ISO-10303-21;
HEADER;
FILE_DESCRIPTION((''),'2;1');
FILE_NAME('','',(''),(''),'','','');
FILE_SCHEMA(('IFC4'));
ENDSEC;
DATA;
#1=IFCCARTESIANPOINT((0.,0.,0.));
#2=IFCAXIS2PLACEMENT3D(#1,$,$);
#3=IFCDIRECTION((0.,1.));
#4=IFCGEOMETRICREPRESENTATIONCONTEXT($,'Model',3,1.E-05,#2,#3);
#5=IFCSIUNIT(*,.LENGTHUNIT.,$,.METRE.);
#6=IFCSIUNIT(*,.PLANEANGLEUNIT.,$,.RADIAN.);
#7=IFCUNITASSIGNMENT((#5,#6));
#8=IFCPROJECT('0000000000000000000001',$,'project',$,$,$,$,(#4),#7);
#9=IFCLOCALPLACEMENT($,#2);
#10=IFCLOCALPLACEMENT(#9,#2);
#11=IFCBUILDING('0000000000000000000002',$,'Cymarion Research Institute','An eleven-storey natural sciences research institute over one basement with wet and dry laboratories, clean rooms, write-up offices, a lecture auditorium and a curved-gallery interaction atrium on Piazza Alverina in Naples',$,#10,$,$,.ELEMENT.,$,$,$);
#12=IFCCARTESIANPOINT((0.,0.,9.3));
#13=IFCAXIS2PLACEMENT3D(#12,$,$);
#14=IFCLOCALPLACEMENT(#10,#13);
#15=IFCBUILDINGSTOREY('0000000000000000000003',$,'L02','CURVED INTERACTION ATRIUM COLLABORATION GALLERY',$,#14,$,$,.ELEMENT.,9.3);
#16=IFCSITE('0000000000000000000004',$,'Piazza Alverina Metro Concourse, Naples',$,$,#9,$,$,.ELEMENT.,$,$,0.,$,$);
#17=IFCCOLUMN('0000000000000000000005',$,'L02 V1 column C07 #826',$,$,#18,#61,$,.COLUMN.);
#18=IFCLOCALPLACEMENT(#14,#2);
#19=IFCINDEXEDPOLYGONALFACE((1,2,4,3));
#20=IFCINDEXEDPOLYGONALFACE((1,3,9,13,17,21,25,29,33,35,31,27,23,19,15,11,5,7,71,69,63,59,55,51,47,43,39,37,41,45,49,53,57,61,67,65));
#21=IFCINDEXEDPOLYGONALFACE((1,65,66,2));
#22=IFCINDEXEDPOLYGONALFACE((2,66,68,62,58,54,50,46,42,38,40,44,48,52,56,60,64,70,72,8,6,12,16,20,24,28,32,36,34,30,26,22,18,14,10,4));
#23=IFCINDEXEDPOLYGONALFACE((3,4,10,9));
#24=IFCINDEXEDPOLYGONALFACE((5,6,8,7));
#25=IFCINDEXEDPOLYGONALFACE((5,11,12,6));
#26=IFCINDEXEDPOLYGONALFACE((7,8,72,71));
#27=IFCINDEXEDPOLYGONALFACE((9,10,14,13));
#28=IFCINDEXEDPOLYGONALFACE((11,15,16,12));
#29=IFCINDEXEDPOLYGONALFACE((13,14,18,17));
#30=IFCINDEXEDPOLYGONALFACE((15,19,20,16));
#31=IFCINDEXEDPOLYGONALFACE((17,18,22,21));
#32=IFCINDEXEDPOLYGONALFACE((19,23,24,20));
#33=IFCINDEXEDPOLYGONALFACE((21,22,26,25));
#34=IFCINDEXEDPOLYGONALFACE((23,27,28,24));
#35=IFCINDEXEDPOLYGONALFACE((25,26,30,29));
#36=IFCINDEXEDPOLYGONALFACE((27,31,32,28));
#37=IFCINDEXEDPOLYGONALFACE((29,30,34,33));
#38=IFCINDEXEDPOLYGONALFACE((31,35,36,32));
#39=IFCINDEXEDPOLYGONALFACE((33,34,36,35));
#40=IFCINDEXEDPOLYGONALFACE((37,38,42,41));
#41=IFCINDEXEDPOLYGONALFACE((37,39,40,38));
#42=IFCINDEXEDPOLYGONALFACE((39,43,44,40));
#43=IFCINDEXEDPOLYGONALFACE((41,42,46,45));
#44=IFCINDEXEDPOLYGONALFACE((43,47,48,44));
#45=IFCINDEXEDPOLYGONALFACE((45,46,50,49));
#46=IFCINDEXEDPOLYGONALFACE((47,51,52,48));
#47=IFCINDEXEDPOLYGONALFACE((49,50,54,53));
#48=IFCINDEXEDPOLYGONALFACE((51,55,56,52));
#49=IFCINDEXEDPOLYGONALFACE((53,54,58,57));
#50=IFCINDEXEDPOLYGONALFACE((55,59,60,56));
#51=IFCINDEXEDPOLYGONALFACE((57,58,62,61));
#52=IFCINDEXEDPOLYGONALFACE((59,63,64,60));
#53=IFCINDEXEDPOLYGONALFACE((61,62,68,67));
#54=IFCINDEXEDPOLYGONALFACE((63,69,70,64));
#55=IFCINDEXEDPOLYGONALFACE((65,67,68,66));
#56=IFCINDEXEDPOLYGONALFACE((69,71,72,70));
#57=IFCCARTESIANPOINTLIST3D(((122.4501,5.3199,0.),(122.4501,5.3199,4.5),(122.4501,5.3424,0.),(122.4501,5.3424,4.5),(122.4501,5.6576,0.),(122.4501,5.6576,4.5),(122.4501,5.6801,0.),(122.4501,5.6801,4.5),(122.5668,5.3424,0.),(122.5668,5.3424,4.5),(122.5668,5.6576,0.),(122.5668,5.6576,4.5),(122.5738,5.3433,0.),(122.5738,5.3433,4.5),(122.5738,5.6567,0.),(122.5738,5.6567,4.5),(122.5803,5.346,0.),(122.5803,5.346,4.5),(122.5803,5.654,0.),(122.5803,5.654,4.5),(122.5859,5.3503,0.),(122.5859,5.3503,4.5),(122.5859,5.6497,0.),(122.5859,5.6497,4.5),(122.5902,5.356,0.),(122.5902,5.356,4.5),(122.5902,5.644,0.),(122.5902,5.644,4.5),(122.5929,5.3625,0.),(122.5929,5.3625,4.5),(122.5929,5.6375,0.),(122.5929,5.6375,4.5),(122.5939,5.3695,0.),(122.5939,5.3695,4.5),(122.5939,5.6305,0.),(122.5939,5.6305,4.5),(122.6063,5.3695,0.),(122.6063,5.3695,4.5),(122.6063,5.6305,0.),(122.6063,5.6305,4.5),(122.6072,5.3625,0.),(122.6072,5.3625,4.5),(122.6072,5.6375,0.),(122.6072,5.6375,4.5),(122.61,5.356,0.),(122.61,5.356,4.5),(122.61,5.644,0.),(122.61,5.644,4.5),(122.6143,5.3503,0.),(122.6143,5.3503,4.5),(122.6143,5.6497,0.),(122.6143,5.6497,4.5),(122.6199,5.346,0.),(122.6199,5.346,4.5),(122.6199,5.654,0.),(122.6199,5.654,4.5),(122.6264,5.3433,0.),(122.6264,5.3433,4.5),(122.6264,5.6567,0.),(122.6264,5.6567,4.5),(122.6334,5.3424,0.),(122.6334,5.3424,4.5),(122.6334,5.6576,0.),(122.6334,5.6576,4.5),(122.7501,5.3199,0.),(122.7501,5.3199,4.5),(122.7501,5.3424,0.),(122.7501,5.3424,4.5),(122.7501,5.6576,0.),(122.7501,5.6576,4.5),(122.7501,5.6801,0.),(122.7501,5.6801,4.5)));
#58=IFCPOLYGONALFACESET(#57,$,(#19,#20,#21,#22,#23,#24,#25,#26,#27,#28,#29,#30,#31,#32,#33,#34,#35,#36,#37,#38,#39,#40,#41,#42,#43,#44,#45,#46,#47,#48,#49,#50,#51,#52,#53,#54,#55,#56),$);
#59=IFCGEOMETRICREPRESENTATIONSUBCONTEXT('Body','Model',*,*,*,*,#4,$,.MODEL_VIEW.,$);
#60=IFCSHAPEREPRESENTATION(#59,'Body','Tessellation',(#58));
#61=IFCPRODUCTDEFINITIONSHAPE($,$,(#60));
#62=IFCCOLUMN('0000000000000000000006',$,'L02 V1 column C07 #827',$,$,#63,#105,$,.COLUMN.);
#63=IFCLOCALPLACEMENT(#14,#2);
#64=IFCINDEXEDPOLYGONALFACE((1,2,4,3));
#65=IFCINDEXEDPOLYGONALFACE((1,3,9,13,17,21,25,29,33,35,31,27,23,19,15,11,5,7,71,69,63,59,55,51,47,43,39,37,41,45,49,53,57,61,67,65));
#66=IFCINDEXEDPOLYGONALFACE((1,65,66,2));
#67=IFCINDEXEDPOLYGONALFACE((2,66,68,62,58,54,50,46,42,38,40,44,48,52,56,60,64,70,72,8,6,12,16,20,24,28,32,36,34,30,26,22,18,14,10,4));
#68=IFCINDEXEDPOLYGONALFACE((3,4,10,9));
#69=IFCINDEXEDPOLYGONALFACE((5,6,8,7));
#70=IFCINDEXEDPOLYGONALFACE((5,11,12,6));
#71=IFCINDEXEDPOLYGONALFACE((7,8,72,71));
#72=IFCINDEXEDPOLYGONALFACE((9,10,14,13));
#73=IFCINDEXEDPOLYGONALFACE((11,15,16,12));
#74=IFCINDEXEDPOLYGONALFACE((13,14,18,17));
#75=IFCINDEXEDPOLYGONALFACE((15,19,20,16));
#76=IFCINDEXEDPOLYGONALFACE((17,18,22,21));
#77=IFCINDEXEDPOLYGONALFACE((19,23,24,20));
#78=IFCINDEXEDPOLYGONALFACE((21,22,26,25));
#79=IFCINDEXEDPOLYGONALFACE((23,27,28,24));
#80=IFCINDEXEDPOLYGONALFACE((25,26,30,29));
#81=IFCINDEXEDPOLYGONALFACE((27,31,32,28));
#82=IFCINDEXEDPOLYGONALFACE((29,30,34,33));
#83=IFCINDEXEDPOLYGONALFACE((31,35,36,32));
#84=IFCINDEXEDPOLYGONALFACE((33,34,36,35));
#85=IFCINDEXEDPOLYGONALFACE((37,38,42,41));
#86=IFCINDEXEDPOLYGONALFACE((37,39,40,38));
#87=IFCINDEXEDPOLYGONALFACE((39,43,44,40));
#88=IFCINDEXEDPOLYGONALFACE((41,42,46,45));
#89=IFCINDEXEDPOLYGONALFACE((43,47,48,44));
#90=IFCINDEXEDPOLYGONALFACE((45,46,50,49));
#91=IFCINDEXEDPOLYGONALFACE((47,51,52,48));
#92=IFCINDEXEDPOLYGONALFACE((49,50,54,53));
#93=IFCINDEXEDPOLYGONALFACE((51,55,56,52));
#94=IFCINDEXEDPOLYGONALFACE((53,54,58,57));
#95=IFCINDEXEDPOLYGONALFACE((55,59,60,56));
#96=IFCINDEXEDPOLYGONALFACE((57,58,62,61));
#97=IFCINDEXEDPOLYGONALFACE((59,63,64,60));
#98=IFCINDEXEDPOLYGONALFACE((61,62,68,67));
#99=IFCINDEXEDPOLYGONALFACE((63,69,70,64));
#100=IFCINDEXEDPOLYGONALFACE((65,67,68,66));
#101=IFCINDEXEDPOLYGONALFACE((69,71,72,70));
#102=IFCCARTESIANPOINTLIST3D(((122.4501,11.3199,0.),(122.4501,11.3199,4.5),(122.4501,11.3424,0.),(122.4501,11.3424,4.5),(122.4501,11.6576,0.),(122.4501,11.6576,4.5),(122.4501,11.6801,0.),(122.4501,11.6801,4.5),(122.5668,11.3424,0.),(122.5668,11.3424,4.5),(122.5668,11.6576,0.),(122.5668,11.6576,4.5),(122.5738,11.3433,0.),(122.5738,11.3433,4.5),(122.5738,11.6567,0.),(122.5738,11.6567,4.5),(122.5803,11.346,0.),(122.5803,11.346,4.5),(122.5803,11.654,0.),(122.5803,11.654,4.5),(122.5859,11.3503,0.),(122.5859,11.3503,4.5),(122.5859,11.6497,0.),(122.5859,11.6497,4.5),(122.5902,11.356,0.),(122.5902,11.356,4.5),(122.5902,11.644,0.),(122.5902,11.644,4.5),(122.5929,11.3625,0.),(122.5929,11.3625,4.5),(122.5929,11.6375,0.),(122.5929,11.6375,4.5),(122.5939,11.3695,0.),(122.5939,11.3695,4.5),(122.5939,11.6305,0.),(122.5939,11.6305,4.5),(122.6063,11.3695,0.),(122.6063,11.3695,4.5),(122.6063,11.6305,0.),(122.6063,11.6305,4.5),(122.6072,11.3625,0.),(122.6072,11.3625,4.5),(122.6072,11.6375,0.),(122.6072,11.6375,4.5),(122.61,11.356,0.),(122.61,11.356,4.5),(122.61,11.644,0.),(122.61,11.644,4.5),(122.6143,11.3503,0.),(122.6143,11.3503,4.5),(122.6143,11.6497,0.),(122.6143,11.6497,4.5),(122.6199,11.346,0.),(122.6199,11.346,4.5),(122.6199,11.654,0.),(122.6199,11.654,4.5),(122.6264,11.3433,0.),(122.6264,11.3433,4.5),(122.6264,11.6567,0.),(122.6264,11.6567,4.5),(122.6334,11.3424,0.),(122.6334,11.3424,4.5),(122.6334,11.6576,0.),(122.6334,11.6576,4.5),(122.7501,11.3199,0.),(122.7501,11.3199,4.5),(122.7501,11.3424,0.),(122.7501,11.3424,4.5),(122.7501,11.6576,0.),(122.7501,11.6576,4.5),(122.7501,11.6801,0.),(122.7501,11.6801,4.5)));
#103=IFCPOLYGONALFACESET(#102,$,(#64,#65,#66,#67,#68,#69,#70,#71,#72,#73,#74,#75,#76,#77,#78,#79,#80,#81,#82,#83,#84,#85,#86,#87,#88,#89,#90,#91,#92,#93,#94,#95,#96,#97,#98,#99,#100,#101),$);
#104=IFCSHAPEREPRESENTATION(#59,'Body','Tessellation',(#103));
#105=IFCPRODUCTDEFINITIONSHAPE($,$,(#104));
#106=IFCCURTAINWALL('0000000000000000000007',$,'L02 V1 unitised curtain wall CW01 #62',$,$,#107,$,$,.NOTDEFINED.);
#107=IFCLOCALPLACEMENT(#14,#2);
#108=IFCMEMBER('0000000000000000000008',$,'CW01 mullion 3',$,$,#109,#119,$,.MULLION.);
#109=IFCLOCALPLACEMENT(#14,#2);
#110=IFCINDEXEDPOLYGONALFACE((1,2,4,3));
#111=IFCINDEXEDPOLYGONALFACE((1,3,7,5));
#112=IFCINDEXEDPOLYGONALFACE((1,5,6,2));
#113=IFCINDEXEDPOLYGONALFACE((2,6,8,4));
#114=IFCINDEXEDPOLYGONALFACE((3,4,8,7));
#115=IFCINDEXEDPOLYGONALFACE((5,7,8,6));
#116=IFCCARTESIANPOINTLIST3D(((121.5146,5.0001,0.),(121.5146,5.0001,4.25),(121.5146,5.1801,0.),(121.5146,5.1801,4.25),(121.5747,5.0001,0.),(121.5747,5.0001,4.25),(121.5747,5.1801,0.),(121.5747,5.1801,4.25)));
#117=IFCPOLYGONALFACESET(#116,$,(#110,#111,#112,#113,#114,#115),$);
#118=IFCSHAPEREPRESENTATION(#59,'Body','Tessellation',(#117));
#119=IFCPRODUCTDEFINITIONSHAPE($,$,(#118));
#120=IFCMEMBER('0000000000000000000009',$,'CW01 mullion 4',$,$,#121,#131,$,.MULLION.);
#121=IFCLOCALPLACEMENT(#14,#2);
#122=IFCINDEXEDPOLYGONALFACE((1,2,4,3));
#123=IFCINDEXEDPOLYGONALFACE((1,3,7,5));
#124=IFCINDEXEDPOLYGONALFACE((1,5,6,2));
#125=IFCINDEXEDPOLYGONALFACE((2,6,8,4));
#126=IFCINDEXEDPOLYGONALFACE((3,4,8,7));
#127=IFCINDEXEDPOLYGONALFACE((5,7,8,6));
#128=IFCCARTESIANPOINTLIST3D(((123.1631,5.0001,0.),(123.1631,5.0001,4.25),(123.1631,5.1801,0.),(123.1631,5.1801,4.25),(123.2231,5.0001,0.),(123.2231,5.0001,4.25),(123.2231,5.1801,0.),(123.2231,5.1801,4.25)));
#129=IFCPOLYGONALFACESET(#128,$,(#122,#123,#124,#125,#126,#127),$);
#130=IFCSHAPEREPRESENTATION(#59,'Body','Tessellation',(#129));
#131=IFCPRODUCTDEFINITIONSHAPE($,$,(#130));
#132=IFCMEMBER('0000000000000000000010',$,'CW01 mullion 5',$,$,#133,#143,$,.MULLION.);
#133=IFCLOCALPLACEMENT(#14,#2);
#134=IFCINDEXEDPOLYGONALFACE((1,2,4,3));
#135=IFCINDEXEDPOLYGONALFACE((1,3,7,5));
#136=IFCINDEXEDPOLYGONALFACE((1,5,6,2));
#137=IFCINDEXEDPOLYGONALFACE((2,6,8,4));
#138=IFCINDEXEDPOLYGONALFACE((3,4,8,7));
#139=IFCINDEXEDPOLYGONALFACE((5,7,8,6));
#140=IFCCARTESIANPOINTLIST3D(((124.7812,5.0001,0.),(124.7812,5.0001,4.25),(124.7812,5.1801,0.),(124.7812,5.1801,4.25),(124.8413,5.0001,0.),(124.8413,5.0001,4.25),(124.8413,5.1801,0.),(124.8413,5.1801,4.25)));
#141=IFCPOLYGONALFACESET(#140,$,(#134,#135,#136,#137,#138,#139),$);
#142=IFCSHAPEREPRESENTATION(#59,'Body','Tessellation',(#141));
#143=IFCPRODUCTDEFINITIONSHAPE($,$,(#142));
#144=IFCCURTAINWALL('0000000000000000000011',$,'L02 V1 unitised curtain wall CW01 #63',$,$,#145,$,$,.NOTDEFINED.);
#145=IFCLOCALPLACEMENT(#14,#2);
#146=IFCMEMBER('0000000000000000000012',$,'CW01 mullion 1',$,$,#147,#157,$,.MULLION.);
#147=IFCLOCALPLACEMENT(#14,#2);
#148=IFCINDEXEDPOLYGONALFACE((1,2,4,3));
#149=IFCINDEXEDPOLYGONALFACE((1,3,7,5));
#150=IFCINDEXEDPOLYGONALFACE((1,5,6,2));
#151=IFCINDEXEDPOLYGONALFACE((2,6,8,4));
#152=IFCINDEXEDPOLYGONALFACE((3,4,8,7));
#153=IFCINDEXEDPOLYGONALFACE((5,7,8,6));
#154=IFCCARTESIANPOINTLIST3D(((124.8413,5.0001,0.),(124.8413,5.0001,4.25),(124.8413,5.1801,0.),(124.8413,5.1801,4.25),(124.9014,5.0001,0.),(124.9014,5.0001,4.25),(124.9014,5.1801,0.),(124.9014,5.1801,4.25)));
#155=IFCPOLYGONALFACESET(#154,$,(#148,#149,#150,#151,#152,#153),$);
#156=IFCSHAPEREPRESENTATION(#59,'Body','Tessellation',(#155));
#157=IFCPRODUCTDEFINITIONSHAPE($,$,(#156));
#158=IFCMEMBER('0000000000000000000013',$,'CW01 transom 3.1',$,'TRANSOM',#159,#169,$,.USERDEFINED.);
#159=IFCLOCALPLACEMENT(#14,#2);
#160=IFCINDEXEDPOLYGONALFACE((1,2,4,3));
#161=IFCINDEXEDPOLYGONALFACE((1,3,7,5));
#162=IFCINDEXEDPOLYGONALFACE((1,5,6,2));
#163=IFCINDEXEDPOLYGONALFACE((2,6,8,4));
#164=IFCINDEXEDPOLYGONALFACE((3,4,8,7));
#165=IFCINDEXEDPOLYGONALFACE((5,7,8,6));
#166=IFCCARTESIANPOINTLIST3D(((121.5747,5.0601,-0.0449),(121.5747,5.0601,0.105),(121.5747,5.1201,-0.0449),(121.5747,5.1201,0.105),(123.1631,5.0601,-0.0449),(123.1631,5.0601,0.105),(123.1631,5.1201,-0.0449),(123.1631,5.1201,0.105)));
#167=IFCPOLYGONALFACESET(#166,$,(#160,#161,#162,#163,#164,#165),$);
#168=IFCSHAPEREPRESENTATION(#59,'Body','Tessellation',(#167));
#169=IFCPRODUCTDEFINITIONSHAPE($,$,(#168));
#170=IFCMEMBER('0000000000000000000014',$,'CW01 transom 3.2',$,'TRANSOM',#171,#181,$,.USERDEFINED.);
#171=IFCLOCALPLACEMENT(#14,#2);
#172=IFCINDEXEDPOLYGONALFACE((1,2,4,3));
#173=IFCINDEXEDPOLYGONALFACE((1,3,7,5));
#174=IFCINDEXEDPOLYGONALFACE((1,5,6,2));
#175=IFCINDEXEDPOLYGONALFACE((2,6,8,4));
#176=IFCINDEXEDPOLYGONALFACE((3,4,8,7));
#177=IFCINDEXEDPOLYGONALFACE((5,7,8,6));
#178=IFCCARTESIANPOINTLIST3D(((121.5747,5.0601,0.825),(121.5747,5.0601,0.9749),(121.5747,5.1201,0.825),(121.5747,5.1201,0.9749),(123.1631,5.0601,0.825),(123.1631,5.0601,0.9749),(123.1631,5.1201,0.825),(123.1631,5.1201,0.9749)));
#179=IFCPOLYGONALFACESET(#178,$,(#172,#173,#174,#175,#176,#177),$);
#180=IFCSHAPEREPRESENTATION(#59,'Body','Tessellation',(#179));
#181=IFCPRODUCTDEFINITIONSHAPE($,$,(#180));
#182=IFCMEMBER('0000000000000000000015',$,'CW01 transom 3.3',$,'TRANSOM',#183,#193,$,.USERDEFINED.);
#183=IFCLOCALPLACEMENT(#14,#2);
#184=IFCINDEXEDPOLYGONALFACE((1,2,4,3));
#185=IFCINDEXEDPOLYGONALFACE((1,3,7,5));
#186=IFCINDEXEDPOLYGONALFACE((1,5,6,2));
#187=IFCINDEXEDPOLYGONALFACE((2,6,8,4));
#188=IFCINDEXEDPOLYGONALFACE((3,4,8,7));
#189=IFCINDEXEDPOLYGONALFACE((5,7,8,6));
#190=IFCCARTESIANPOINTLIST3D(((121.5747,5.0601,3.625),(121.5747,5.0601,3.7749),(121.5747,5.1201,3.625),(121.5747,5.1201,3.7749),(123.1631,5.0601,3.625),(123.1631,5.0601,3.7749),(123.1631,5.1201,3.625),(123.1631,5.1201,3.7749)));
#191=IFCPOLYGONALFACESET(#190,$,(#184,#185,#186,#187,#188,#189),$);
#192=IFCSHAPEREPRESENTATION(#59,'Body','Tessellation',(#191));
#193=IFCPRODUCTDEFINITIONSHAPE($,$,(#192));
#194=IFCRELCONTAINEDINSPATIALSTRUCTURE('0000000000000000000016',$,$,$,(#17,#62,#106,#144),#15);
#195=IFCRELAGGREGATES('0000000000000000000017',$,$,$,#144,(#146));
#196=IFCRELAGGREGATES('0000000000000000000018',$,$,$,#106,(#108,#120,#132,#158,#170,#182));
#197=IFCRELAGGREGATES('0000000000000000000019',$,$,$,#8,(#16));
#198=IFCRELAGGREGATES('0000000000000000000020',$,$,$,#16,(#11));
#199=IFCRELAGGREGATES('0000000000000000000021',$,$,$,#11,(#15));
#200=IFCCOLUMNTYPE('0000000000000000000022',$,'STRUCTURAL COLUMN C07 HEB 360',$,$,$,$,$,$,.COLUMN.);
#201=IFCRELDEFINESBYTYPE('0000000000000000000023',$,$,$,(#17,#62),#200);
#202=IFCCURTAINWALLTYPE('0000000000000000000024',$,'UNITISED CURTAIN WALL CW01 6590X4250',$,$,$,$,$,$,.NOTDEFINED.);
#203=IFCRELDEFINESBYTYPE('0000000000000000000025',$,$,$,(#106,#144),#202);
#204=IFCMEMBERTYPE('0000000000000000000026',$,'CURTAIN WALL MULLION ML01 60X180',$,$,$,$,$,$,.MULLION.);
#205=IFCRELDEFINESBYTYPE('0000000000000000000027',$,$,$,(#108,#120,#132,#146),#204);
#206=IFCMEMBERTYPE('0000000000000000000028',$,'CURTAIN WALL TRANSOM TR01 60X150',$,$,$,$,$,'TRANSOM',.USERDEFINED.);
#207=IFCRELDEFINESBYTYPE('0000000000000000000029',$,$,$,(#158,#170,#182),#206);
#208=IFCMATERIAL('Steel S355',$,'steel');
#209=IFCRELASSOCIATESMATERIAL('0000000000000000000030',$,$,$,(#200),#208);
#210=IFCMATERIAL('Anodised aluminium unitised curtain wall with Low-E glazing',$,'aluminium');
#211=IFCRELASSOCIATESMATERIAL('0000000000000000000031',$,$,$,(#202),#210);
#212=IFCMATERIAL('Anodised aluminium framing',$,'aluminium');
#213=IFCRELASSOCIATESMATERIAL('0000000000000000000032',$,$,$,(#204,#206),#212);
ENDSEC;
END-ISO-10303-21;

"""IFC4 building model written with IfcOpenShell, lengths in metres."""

from ifc_helpers import new_model, si_unit, direction, frame, origin, origin_2d, place, context, subcontext, project, spatial, rectangle, i_section, extrude, material, material_profile, profile_set, type_object, element, aggregate, save


model = new_model("IFC4")

# Units and contexts
model_context = context("Model", 3, precision=1e-05, world=origin(), true_north=direction((0.0, 1.0)))
body_context = subcontext(model_context, "Body", "Model", "MODEL_VIEW")
ifc_project = project(units=[si_unit("LENGTHUNIT", "METRE"), si_unit("PLANEANGLEUNIT", "RADIAN")], contexts=[model_context])

# Site, building, storey
site_placement = place(None, origin())
site = spatial("IfcSite", under=ifc_project, at=site_placement, Name="Piazza Alverina Metro Concourse, Naples", CompositionType="ELEMENT", RefElevation=0.0)
building_placement = place(site_placement, origin())
building = spatial("IfcBuilding", under=site, at=building_placement, Name="Cymarion Research Institute", Description="An eleven-storey natural sciences research institute over one basement with wet and dry laboratories, clean rooms, write-up offices, a lecture auditorium and a curved-gallery interaction atrium on Piazza Alverina in Naples", CompositionType="ELEMENT")
storey_placement = place(building_placement, frame((0.0, 0.0, 9.3)))
storey = spatial("IfcBuildingStorey", under=building, at=storey_placement, Name="L02", Description="CURVED INTERACTION ATRIUM COLLABORATION GALLERY", CompositionType="ELEMENT", Elevation=9.3)

# Columns
ifc_material_1 = material(Name="Steel S355", Category="steel")
ifc_material_profile_1 = material_profile(ifc_material_1, i_section(OverallWidth=0.3, OverallDepth=0.3601, WebThickness=0.0125, FlangeThickness=0.0225, FilletRadius=0.0271, at=origin_2d()), Name="HEB 360")
ifc_profile_set_1 = profile_set([ifc_material_profile_1], Name="Steel S355")
column_type = type_object("IfcColumnType", Name="STRUCTURAL COLUMN C07 HEB 360", PredefinedType="COLUMN", material=ifc_profile_set_1)
for number, where, z_axis, x_axis, name in (
    (1, (122.6001, 5.5, 0.0), (0.0, 0.0, 1.0), (1.0, 0.0, 0.0), "L02 V1 column C07 #826"),
    (2, (122.6001, 11.5, 0.0), (0.0, 0.0, 1.0), (1.0, 0.0, 0.0), "L02 V1 column C07 #827"),
):
    element("IfcColumn", number, at=place(storey_placement, frame(where, z_axis=z_axis, x_axis=x_axis)), inside=storey, type_object=column_type, Name=name, PredefinedType="COLUMN", context=body_context, shape_type="SweptSolid", body=[
        extrude(i_section(OverallWidth=0.3, OverallDepth=0.3601, WebThickness=0.0125, FlangeThickness=0.0225, FilletRadius=0.0271, at=origin_2d()), origin(), (0.0, 0.0, 1.0), 4.5),
    ])

# Curtain wall, members
ifc_material_2 = material(Name="Anodised aluminium unitised curtain wall with Low-E glazing", Category="aluminium")
curtain_wall_type = type_object("IfcCurtainWallType", Name="UNITISED CURTAIN WALL CW01 6590X4250", PredefinedType="NOTDEFINED", material=ifc_material_2)
curtain_wall_1_placement = place(storey_placement, origin())
curtain_wall_1 = element("IfcCurtainWall", 3, at=curtain_wall_1_placement, inside=storey, type_object=curtain_wall_type, Name="L02 V1 unitised curtain wall CW01 #62", PredefinedType="NOTDEFINED")
ifc_material_3 = material(Name="Anodised aluminium framing", Category="aluminium")
ifc_material_profile_2 = material_profile(ifc_material_3, rectangle(XDim=0.0601, YDim=0.1799, at=origin_2d()), Name="ALU MULLION 60x180")
ifc_profile_set_2 = profile_set([ifc_material_profile_2], Name="Anodised aluminium framing")
member_type_1 = type_object("IfcMemberType", Name="CURTAIN WALL MULLION ML01 60X180", PredefinedType="MULLION", material=ifc_profile_set_2)
member_1_placement = place(storey_placement, frame((121.5447, 5.0901, 0.0), z_axis=(0.0, 0.0, 1.0), x_axis=(1.0, 0.0, 0.0)))
member_1 = element("IfcMember", 4, at=member_1_placement, type_object=member_type_1, Name="CW01 mullion 3", PredefinedType="MULLION", context=body_context, shape_type="SweptSolid", body=[
    extrude(rectangle(XDim=0.0601, YDim=0.1799, at=origin_2d()), origin(), (0.0, 0.0, 1.0), 4.25),
])
member_2_placement = place(storey_placement, frame((123.1931, 5.0901, 0.0), z_axis=(0.0, 0.0, 1.0), x_axis=(1.0, 0.0, 0.0)))
member_2 = element("IfcMember", 5, at=member_2_placement, type_object=member_type_1, Name="CW01 mullion 4", PredefinedType="MULLION", context=body_context, shape_type="SweptSolid", body=[
    extrude(rectangle(XDim=0.0601, YDim=0.1799, at=origin_2d()), origin(), (0.0, 0.0, 1.0), 4.25),
])
member_3_placement = place(storey_placement, frame((124.8113, 5.0901, 0.0), z_axis=(0.0, 0.0, 1.0), x_axis=(1.0, 0.0, 0.0)))
member_3 = element("IfcMember", 6, at=member_3_placement, type_object=member_type_1, Name="CW01 mullion 5", PredefinedType="MULLION", context=body_context, shape_type="SweptSolid", body=[
    extrude(rectangle(XDim=0.0601, YDim=0.1799, at=origin_2d()), origin(), (0.0, 0.0, 1.0), 4.25),
])

# Curtain wall, member
curtain_wall_2_placement = place(storey_placement, origin())
curtain_wall_2 = element("IfcCurtainWall", 7, at=curtain_wall_2_placement, inside=storey, type_object=curtain_wall_type, Name="L02 V1 unitised curtain wall CW01 #63", PredefinedType="NOTDEFINED")
member_4_placement = place(storey_placement, frame((124.8713, 5.0901, 0.0), z_axis=(0.0, 0.0, 1.0), x_axis=(1.0, 0.0, 0.0)))
member_4 = element("IfcMember", 8, at=member_4_placement, type_object=member_type_1, Name="CW01 mullion 1", PredefinedType="MULLION", context=body_context, shape_type="SweptSolid", body=[
    extrude(rectangle(XDim=0.0601, YDim=0.1799, at=origin_2d()), origin(), (0.0, 0.0, 1.0), 4.25),
])

# Members
ifc_material_profile_3 = material_profile(ifc_material_3, rectangle(XDim=0.0601, YDim=0.1499, at=origin_2d()), Name="ALU TRANSOM 60x150")
ifc_profile_set_3 = profile_set([ifc_material_profile_3], Name="Anodised aluminium framing")
member_type_2 = type_object("IfcMemberType", Name="CURTAIN WALL TRANSOM TR01 60X150", ElementType="TRANSOM", PredefinedType="USERDEFINED", material=ifc_profile_set_3)
member_5_placement = place(storey_placement, frame((121.5747, 5.0901, 0.03), z_axis=(1.0, 0.0, 0.0), x_axis=(0.0, 1.0, 0.0)))
member_5 = element("IfcMember", 9, at=member_5_placement, type_object=member_type_2, Name="CW01 transom 3.1", ObjectType="TRANSOM", PredefinedType="USERDEFINED", context=body_context, shape_type="SweptSolid", body=[
    extrude(rectangle(XDim=0.0601, YDim=0.1499, at=origin_2d()), origin(), (0.0, 0.0, 1.0), 1.5884),
])
member_6_placement = place(storey_placement, frame((121.5747, 5.0901, 0.8999), z_axis=(1.0, 0.0, 0.0), x_axis=(0.0, 1.0, 0.0)))
member_6 = element("IfcMember", 10, at=member_6_placement, type_object=member_type_2, Name="CW01 transom 3.2", ObjectType="TRANSOM", PredefinedType="USERDEFINED", context=body_context, shape_type="SweptSolid", body=[
    extrude(rectangle(XDim=0.0601, YDim=0.1499, at=origin_2d()), origin(), (0.0, 0.0, 1.0), 1.5884),
])
member_7_placement = place(storey_placement, frame((121.5747, 5.0901, 3.7), z_axis=(1.0, 0.0, 0.0), x_axis=(0.0, 1.0, 0.0)))
member_7 = element("IfcMember", 11, at=member_7_placement, type_object=member_type_2, Name="CW01 transom 3.3", ObjectType="TRANSOM", PredefinedType="USERDEFINED", context=body_context, shape_type="SweptSolid", body=[
    extrude(rectangle(XDim=0.0601, YDim=0.1499, at=origin_2d()), origin(), (0.0, 0.0, 1.0), 1.5884),
])
aggregate(curtain_wall_2, [member_4])

aggregate(curtain_wall_1, [member_1, member_2, member_3, member_5, member_6, member_7])

save(model, "model.ifc")
